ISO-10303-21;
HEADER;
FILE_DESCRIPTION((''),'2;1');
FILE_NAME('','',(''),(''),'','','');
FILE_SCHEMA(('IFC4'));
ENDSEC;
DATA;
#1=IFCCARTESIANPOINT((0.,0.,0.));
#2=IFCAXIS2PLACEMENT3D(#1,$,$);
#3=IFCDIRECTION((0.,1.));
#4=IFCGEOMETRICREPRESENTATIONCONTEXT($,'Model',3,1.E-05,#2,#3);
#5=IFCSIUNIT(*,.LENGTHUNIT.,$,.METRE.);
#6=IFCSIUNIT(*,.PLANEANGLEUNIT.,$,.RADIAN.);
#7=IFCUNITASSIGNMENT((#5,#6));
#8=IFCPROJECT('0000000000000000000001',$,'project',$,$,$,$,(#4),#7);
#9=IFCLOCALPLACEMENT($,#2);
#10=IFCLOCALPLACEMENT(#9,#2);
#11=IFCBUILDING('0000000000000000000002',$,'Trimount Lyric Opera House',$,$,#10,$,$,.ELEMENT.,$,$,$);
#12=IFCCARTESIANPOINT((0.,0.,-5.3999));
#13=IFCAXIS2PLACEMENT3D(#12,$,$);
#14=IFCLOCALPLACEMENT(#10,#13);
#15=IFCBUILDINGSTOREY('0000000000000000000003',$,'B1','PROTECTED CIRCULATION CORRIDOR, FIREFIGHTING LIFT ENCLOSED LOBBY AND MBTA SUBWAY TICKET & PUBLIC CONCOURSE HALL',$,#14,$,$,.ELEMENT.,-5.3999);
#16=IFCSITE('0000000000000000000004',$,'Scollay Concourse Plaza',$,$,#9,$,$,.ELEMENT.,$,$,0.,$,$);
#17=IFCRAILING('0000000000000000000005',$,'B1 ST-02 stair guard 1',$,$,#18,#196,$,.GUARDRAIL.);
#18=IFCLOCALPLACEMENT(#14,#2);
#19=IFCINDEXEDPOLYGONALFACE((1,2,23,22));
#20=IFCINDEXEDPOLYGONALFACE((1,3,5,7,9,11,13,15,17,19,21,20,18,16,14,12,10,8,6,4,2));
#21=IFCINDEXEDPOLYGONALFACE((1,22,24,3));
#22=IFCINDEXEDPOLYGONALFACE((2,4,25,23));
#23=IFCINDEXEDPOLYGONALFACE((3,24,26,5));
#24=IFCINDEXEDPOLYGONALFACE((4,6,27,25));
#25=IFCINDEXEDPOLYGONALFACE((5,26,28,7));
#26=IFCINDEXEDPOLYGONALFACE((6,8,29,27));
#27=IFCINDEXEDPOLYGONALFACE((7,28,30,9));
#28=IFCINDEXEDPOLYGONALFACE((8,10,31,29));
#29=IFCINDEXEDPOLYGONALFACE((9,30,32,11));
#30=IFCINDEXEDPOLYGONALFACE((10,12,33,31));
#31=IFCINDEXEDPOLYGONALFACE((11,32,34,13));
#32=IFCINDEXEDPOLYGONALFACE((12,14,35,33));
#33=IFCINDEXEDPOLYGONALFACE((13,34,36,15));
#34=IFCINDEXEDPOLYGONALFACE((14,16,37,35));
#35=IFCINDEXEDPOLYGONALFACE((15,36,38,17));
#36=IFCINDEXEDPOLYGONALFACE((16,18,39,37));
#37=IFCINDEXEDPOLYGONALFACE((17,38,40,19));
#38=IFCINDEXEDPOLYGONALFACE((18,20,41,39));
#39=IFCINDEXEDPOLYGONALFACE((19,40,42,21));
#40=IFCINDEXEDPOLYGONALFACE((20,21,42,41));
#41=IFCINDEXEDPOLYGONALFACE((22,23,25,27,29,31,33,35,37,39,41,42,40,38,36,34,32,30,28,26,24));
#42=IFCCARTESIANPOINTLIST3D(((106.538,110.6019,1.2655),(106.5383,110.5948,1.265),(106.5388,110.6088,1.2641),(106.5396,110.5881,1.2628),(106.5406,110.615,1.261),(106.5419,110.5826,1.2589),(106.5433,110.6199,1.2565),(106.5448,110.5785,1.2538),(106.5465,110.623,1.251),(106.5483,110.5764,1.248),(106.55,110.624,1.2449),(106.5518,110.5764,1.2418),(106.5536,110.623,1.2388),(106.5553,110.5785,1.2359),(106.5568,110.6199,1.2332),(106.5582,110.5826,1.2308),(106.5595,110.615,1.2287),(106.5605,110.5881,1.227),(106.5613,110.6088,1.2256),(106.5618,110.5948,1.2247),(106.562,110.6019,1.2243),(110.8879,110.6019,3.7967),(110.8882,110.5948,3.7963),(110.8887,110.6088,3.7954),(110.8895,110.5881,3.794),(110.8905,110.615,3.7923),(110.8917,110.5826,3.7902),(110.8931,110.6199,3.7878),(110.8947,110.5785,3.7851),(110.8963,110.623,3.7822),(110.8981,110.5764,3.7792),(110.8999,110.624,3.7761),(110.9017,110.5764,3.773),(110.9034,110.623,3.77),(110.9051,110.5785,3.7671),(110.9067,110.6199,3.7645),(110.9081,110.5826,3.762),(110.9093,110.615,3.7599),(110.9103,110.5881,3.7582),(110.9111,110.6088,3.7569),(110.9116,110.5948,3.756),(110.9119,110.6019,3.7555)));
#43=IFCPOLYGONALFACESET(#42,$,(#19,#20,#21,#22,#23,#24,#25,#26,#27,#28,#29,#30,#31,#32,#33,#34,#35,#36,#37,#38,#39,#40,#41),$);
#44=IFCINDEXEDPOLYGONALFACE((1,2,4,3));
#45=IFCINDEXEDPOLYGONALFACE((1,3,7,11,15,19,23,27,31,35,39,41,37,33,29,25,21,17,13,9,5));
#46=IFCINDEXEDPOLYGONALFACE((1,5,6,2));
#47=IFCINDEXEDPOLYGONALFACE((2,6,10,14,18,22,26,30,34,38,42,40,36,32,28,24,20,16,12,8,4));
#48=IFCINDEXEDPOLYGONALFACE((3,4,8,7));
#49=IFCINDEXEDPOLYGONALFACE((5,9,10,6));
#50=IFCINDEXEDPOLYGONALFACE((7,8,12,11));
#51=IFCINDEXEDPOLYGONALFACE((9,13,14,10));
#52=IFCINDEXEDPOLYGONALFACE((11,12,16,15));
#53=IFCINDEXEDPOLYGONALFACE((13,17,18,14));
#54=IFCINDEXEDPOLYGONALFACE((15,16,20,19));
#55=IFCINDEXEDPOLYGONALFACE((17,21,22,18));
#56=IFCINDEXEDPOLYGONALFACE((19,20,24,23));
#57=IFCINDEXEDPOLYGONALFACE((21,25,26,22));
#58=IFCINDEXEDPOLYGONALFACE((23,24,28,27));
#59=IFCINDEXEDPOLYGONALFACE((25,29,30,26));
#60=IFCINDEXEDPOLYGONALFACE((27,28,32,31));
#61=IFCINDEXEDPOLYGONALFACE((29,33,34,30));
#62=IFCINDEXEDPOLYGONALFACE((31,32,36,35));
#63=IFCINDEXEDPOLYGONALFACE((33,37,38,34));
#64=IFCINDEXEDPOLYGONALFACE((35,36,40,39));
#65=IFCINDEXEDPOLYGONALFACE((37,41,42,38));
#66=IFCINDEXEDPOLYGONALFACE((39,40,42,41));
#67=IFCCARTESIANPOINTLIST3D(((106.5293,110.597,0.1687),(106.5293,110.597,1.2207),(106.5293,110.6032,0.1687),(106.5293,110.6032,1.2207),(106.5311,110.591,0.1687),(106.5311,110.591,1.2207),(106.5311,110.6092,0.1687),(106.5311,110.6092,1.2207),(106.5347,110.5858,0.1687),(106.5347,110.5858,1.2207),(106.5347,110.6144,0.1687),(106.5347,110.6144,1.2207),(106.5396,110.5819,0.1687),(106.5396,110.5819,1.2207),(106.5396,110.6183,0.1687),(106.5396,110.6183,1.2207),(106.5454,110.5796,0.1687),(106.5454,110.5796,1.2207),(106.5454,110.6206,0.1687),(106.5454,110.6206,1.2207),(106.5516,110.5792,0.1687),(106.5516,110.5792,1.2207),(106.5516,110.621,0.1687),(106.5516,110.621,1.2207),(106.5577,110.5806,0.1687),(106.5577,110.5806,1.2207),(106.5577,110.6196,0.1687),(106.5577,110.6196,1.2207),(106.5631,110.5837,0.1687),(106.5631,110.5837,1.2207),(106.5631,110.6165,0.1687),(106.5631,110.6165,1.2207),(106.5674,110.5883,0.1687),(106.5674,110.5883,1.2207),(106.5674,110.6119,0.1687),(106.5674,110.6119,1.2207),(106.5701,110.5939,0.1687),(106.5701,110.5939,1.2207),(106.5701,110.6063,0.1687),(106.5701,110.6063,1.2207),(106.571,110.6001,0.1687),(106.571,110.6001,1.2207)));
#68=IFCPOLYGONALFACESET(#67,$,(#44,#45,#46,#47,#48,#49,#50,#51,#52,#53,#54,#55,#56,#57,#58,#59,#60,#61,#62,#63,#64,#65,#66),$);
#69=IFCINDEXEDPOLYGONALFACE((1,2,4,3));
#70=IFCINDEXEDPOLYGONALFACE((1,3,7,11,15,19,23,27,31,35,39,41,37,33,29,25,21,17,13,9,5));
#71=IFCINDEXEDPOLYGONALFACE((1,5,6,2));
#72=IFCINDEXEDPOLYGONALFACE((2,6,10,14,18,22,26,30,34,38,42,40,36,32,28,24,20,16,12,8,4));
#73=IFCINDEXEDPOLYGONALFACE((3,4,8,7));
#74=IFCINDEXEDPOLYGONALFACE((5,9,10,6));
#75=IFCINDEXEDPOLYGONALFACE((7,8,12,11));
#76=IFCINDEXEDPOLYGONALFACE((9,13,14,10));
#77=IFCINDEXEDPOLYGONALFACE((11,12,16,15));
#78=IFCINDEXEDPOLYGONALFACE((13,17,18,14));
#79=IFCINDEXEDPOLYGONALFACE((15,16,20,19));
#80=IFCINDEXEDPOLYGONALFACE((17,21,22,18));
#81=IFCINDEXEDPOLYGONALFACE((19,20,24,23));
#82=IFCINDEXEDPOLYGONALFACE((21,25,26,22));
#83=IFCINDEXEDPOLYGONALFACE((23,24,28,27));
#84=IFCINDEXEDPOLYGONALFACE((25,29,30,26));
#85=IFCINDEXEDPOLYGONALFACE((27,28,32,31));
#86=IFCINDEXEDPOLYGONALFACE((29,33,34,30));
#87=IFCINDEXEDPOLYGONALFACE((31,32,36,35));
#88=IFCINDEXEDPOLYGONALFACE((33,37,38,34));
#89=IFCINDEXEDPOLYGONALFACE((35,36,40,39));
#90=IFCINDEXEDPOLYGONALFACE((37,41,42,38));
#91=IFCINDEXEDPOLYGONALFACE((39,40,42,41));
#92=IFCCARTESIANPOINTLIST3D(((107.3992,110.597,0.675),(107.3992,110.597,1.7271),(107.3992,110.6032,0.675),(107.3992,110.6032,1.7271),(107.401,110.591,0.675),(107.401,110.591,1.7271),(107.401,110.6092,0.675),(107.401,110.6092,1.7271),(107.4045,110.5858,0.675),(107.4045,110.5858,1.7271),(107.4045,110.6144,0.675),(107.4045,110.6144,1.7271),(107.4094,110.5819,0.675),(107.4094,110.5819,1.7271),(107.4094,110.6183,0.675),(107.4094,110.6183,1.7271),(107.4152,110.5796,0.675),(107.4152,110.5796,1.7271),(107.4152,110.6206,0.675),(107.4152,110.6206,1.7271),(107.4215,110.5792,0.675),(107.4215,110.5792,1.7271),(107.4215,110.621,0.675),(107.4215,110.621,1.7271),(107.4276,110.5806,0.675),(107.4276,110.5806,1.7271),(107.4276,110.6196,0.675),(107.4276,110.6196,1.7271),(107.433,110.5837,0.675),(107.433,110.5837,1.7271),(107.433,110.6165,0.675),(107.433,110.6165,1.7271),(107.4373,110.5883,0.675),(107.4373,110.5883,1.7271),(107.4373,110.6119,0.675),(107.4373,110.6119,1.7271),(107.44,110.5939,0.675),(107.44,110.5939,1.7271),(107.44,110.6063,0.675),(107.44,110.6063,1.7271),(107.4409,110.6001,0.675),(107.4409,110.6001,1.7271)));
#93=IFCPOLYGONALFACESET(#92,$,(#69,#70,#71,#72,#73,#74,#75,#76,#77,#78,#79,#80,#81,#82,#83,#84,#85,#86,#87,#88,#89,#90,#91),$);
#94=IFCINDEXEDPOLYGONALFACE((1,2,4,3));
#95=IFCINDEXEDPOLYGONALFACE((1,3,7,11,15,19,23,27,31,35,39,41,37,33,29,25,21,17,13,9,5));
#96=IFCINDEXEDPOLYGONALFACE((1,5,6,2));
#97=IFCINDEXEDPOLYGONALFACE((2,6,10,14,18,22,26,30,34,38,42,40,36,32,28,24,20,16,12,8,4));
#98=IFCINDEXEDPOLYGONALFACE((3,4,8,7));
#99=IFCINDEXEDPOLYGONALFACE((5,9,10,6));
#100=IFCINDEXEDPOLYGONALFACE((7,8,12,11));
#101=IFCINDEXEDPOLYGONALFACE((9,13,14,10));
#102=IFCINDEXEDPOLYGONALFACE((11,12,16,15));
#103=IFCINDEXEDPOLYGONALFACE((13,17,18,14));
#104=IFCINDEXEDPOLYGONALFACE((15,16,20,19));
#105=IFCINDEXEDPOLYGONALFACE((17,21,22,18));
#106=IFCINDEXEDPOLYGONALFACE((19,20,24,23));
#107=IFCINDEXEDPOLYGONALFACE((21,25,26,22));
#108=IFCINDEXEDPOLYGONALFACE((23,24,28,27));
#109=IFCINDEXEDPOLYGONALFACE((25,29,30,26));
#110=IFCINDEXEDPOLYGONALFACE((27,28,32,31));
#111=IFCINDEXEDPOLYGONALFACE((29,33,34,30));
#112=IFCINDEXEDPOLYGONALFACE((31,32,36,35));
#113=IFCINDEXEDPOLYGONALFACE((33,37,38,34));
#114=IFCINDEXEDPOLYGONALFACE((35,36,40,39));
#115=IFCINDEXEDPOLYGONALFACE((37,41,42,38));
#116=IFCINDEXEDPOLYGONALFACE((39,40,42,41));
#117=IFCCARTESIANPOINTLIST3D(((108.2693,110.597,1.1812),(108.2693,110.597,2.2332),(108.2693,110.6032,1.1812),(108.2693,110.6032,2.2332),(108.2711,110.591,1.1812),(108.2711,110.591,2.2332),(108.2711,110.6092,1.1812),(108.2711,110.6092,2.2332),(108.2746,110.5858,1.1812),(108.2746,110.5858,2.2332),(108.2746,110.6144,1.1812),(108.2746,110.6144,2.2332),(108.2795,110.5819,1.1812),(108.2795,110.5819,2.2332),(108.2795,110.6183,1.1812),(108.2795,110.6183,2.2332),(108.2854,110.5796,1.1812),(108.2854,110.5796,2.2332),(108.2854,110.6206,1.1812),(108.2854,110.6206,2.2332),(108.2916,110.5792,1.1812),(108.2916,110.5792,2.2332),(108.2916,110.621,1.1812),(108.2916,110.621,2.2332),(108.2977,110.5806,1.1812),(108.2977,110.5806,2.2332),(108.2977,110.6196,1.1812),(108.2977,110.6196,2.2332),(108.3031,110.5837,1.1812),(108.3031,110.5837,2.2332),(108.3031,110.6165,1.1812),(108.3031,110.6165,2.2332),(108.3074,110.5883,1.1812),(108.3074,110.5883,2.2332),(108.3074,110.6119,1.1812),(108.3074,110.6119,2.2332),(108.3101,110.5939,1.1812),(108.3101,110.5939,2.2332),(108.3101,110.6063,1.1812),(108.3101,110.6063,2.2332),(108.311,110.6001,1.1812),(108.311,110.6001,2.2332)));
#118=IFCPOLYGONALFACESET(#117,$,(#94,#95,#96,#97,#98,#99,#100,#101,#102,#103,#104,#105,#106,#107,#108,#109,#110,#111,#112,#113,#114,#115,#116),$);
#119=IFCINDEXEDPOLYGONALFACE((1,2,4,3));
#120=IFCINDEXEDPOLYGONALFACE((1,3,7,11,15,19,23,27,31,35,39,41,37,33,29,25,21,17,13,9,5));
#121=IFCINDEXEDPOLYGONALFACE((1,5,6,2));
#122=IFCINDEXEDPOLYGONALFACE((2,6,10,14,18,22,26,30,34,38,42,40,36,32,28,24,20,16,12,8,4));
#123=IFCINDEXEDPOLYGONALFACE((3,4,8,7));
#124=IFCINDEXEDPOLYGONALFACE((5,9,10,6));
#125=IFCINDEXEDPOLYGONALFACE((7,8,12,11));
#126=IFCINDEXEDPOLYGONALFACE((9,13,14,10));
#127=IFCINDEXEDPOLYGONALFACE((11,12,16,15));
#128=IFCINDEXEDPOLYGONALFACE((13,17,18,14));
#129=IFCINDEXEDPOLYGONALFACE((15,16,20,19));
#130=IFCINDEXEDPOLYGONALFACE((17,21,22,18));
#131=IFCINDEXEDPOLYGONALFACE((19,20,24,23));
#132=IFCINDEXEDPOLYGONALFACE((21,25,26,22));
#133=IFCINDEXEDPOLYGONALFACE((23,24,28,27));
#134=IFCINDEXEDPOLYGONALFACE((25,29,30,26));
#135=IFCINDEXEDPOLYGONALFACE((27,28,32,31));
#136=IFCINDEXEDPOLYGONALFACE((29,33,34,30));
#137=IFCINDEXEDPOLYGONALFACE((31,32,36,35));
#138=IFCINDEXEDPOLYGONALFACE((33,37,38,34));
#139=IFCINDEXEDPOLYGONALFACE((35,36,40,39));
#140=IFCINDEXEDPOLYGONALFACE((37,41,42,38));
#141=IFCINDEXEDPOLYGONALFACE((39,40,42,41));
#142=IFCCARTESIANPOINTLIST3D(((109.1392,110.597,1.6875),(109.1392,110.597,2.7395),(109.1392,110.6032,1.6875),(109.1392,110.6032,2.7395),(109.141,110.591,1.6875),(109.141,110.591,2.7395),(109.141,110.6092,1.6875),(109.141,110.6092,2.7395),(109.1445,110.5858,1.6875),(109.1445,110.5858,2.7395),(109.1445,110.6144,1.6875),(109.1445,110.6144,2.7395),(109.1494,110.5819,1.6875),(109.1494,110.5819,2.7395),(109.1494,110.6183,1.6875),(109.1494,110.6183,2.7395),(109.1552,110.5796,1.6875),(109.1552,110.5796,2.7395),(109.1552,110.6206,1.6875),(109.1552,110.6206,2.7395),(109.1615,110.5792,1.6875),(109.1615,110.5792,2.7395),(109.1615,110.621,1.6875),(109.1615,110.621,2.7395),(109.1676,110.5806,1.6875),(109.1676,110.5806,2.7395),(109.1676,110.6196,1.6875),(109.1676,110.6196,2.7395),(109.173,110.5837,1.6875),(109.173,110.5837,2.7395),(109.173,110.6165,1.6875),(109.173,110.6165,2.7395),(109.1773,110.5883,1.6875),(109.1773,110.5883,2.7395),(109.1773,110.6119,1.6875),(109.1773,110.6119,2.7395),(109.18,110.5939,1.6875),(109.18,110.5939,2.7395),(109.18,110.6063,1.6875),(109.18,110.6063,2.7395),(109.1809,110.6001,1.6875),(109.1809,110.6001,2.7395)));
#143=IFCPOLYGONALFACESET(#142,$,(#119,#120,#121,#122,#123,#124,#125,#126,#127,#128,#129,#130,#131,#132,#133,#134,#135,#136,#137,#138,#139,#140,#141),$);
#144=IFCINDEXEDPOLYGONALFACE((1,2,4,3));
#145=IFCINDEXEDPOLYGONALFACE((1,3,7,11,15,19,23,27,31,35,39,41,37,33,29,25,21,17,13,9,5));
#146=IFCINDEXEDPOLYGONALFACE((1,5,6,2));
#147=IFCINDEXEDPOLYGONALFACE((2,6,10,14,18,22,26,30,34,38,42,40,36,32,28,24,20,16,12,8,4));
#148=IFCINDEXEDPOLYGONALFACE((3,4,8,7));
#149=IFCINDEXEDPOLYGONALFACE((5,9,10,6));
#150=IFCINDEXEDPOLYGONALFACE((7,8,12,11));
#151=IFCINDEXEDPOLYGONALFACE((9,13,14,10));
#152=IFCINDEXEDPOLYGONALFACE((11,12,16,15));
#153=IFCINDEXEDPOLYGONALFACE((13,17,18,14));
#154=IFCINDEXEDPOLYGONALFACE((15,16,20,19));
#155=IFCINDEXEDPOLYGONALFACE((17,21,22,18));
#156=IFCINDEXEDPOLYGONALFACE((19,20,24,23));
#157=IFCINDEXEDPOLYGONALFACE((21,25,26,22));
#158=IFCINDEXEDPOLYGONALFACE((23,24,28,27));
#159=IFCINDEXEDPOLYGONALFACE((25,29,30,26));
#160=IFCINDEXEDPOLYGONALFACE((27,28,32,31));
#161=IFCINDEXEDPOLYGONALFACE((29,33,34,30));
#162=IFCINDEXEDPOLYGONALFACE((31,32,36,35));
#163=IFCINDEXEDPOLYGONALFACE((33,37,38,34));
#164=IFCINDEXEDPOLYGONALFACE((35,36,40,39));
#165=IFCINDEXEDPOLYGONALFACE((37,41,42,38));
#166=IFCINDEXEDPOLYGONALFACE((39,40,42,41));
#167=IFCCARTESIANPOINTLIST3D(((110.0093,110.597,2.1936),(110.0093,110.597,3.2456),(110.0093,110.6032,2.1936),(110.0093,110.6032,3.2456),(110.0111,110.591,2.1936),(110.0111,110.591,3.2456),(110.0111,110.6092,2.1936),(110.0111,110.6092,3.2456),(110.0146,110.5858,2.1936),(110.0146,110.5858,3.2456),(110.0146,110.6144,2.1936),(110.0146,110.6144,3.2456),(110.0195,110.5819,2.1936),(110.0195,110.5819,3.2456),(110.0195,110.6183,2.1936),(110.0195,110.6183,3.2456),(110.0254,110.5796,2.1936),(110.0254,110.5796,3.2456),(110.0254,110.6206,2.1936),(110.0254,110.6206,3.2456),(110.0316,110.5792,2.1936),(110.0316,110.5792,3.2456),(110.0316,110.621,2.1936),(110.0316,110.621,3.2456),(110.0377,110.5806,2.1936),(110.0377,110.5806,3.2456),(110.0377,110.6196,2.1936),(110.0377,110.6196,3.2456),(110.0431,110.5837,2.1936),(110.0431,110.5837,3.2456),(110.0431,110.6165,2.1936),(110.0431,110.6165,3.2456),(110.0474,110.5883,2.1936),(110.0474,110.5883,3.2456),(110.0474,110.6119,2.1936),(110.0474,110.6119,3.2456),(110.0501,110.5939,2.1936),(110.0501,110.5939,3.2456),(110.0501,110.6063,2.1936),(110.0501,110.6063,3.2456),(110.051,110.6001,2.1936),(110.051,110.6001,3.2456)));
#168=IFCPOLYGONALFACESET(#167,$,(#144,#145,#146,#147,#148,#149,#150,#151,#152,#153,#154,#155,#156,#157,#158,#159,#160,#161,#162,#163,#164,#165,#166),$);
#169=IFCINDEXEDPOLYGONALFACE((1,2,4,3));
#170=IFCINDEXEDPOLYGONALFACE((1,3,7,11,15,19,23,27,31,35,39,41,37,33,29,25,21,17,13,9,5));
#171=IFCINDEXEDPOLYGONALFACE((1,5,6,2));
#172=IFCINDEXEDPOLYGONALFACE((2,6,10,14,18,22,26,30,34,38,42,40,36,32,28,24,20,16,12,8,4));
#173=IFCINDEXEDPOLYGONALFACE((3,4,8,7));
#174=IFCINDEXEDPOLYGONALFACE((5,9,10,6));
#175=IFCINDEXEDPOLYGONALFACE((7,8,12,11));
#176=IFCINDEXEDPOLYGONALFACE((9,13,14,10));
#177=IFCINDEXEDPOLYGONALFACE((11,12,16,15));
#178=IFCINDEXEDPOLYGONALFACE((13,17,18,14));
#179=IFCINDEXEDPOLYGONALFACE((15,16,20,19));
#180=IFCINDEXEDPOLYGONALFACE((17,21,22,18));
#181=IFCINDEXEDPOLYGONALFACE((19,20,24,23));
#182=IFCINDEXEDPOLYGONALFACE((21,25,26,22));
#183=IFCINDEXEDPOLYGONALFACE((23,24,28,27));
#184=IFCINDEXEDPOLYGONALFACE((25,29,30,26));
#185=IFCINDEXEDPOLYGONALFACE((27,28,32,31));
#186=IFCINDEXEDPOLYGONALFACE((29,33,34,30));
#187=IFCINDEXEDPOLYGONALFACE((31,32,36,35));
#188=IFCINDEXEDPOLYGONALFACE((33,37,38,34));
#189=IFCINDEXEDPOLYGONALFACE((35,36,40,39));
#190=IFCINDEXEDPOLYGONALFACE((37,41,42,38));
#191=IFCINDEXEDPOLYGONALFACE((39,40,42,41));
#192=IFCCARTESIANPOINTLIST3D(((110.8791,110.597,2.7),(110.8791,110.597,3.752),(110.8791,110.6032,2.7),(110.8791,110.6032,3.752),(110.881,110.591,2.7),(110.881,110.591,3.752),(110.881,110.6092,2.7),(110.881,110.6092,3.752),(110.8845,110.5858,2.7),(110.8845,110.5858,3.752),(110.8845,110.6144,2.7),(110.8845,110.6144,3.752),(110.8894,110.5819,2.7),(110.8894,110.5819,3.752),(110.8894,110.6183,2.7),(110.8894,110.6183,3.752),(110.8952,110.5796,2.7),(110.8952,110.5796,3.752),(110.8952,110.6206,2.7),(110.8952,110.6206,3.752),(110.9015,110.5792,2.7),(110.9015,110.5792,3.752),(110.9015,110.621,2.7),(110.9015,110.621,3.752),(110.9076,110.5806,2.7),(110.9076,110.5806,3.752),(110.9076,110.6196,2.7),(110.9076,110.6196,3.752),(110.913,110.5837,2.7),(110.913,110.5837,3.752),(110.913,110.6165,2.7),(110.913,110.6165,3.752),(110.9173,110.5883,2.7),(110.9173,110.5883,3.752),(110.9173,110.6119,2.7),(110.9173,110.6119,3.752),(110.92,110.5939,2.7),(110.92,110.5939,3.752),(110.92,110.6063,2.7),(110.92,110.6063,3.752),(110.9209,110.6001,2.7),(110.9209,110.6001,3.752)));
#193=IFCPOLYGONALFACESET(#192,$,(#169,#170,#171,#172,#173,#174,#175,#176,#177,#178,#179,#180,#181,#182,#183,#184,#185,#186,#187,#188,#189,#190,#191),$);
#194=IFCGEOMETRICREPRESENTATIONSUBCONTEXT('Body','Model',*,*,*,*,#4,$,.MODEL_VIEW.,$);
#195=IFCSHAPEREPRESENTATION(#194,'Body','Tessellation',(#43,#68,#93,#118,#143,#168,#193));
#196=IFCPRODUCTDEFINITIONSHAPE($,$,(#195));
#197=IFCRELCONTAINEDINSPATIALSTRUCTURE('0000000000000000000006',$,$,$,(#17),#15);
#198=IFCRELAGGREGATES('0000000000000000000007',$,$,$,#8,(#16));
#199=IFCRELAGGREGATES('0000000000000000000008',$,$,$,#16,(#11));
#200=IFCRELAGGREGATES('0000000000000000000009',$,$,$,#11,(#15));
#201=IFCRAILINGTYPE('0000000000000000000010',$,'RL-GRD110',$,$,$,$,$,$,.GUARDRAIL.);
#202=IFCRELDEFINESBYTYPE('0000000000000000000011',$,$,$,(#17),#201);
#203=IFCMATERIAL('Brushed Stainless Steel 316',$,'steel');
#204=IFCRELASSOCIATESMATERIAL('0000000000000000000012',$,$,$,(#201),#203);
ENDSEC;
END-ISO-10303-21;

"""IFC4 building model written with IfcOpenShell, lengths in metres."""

from ifc_helpers import new_model, si_unit, direction, frame, origin, origin_2d, place, context, subcontext, project, spatial, circle, extrude, material, type_object, element, save


model = new_model("IFC4")

# Units and contexts
model_context = context("Model", 3, precision=1e-05, world=origin(), true_north=direction((0.0, 1.0)))
body_context = subcontext(model_context, "Body", "Model", "MODEL_VIEW")
ifc_project = project(units=[si_unit("LENGTHUNIT", "METRE"), si_unit("PLANEANGLEUNIT", "RADIAN")], contexts=[model_context])

# Site, building, storey
site_placement = place(None, origin())
site = spatial("IfcSite", under=ifc_project, at=site_placement, Name="Scollay Concourse Plaza", CompositionType="ELEMENT", RefElevation=0.0)
building_placement = place(site_placement, origin())
building = spatial("IfcBuilding", under=site, at=building_placement, Name="Trimount Lyric Opera House", CompositionType="ELEMENT")
storey_placement = place(building_placement, frame((0.0, 0.0, -5.3999)))
storey = spatial("IfcBuildingStorey", under=building, at=storey_placement, Name="B1", Description="PROTECTED CIRCULATION CORRIDOR, FIREFIGHTING LIFT ENCLOSED LOBBY AND MBTA SUBWAY TICKET & PUBLIC CONCOURSE HALL", CompositionType="ELEMENT", Elevation=-5.3999)

# Railing
ifc_material_1 = material(Name="Brushed Stainless Steel 316", Category="steel")
railing_type_1 = type_object("IfcRailingType", Name="RL-GRD110", PredefinedType="GUARDRAIL", material=ifc_material_1)
railing_1_placement = place(storey_placement, frame((106.55, 110.6001, 0.1687)))
element("IfcRailing", 1, at=railing_1_placement, inside=storey, type_object=railing_type_1, Name="B1 ST-02 stair guard 1", PredefinedType="GUARDRAIL", context=body_context, shape_type="SweptSolid", body=[
    extrude(circle(Radius=0.0239, at=origin_2d()), frame((0.0, 0.0, 1.0762), z_axis=(0.864312, 0.0, 0.502957), x_axis=(0.0, 1.0, 0.0)), (0.0, 0.0, 1.0), 5.0327),
    extrude(circle(Radius=0.021, at=origin_2d()), origin(), (0.0, 0.0, 1.0), 1.052),
    extrude(circle(Radius=0.021, at=origin_2d()), frame((0.8699, 0.0, 0.5063)), (0.0, 0.0, 1.0), 1.052),
    extrude(circle(Radius=0.021, at=origin_2d()), frame((1.74, 0.0, 1.0125)), (0.0, 0.0, 1.0), 1.052),
    extrude(circle(Radius=0.021, at=origin_2d()), frame((2.6099, 0.0, 1.5188)), (0.0, 0.0, 1.0), 1.052),
    extrude(circle(Radius=0.021, at=origin_2d()), frame((3.48, 0.0, 2.0249)), (0.0, 0.0, 1.0), 1.052),
    extrude(circle(Radius=0.021, at=origin_2d()), frame((4.3499, 0.0, 2.5312)), (0.0, 0.0, 1.0), 1.052),
])

save(model, "model.ifc")
